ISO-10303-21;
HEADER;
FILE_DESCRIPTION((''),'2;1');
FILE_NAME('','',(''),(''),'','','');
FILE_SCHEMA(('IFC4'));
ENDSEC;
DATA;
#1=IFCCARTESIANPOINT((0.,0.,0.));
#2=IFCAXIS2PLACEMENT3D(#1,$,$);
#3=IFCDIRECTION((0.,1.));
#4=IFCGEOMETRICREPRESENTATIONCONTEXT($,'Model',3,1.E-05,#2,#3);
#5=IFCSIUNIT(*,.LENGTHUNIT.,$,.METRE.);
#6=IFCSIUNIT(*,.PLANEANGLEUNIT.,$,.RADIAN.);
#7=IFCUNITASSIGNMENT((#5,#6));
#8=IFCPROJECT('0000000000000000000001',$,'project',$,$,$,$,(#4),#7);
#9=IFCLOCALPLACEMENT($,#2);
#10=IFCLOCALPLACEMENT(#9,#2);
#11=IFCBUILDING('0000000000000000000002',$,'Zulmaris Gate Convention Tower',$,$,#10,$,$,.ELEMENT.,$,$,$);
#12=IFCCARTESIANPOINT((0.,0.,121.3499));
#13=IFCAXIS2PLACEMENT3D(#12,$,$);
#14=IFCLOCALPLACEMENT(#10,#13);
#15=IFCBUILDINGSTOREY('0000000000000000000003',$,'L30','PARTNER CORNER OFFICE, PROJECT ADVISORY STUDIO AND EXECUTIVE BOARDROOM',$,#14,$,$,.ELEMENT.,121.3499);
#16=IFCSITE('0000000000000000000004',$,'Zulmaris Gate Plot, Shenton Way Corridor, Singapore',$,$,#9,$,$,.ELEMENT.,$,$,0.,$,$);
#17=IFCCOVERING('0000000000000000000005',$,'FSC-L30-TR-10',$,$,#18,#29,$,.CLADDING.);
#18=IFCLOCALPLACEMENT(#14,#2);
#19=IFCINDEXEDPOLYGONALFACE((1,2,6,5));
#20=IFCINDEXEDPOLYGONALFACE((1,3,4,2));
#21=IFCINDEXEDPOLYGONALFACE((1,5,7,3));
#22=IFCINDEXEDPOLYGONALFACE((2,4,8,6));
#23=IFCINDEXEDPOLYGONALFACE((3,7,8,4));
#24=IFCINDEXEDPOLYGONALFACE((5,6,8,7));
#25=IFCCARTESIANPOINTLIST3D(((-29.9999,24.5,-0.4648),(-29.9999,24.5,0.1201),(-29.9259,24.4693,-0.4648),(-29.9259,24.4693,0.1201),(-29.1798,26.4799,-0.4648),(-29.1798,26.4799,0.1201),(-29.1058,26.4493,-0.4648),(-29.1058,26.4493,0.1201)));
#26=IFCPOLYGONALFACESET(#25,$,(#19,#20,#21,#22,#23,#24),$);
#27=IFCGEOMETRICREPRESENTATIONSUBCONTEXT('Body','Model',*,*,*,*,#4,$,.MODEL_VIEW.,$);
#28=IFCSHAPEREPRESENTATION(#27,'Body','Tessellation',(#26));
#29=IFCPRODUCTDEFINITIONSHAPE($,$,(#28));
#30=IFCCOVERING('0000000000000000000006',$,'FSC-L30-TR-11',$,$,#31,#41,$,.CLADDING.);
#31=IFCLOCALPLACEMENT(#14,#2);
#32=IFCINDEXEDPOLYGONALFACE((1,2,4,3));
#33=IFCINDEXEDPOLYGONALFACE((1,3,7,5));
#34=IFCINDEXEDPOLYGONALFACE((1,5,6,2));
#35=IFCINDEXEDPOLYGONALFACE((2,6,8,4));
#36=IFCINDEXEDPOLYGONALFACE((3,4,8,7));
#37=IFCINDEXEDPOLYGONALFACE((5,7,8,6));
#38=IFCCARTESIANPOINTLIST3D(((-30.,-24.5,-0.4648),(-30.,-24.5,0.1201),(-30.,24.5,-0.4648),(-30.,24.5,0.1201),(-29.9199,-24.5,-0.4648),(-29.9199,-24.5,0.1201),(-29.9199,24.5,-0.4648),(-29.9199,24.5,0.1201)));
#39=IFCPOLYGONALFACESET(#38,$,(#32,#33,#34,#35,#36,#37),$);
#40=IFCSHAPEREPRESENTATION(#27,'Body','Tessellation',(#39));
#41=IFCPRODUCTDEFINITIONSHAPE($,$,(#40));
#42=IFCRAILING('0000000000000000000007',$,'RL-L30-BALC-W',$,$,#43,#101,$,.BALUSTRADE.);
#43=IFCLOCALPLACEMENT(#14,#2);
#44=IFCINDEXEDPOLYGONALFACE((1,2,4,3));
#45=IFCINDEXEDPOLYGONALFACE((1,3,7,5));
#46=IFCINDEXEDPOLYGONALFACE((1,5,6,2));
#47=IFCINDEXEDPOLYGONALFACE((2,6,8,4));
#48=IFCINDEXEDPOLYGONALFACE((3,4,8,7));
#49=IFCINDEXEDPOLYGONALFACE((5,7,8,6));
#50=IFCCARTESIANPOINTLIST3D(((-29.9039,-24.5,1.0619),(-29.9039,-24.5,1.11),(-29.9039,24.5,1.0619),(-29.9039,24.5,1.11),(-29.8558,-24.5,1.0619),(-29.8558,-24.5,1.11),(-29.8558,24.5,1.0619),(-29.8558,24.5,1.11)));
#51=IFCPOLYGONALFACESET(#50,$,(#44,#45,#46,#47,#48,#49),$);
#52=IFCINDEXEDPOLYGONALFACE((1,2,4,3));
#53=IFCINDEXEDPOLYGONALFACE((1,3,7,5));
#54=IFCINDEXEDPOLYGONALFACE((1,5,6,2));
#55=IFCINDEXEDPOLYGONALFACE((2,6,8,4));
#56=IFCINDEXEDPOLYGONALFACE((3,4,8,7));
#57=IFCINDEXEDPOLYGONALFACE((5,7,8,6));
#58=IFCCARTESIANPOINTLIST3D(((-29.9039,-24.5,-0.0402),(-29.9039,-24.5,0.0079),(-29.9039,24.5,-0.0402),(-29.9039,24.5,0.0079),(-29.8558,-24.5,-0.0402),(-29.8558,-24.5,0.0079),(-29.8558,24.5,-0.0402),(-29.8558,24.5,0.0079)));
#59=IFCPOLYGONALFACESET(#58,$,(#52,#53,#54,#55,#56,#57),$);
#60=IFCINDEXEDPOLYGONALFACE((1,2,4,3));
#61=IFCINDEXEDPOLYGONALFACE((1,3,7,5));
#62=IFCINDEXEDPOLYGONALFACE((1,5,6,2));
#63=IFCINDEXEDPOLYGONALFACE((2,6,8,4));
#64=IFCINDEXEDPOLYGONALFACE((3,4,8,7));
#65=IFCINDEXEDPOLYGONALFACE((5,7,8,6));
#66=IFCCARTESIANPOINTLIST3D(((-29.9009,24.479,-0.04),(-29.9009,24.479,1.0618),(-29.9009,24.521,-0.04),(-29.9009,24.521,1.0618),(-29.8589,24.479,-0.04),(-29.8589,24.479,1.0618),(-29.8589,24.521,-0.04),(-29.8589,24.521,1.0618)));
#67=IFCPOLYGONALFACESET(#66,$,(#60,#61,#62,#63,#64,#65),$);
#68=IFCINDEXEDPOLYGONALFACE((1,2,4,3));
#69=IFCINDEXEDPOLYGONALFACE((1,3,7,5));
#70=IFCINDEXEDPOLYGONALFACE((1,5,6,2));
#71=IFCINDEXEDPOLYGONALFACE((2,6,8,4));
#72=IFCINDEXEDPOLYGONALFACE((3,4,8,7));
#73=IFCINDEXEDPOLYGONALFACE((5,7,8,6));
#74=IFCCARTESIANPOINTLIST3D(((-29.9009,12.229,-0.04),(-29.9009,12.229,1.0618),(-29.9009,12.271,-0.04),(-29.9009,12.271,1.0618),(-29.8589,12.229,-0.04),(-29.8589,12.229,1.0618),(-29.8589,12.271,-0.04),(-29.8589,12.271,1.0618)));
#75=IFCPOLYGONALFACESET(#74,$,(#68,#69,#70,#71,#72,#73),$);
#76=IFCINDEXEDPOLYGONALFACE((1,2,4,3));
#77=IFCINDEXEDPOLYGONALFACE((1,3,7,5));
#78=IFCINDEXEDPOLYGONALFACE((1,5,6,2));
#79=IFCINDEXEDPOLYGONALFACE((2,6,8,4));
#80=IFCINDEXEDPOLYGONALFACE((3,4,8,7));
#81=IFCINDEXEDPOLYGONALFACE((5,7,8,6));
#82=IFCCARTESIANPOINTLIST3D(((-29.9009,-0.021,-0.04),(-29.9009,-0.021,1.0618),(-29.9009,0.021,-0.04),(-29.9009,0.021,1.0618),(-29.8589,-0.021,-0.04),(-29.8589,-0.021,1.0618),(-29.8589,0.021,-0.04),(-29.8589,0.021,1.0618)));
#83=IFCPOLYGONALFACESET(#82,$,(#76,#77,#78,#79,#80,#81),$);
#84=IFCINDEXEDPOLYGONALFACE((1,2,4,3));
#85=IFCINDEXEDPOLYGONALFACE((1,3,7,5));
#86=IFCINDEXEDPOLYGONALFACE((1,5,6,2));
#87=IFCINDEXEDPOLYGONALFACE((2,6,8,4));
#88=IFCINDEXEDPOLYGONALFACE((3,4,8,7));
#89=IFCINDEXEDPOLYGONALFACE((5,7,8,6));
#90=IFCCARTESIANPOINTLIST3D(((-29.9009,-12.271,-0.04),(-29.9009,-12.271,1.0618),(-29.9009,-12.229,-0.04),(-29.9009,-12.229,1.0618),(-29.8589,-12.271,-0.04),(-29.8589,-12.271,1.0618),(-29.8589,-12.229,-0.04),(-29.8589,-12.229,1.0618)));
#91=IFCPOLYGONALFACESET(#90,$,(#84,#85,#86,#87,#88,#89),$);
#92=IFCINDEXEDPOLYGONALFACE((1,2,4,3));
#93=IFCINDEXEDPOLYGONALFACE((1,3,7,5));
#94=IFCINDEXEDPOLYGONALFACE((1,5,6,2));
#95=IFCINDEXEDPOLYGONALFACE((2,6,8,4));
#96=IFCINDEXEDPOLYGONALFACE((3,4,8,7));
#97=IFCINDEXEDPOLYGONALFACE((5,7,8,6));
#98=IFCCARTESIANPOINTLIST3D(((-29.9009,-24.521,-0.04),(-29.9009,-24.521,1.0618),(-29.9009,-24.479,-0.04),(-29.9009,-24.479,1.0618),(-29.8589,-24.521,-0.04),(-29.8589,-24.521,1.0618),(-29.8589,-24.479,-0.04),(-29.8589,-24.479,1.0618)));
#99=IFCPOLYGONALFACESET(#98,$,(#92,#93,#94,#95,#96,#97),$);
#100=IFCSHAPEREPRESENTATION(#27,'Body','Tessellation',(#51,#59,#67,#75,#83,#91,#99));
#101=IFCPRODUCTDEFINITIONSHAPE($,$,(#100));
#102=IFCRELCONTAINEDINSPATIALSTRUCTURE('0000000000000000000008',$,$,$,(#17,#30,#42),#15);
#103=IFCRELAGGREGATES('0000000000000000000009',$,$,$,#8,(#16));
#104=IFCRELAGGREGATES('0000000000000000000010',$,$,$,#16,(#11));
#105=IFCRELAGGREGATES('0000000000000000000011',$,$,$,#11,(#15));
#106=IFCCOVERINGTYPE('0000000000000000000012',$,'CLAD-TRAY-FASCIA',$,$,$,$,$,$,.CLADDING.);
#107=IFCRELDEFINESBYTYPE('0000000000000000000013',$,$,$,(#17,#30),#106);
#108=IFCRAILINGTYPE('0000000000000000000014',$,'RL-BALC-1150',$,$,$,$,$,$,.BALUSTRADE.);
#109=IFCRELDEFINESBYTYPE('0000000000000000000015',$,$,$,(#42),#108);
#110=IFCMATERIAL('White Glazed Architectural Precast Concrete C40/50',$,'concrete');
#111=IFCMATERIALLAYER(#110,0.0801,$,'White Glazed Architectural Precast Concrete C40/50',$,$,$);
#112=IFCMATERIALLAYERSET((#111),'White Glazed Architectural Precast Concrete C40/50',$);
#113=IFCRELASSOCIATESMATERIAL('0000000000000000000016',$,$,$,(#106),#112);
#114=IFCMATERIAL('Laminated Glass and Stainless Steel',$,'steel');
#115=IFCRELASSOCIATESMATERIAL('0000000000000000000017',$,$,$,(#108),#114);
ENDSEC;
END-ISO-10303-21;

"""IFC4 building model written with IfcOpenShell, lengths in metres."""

from ifc_helpers import new_model, si_unit, direction, frame, frame_2d, origin, origin_2d, place, context, subcontext, project, spatial, rectangle, extrude, material, layer, layer_set, type_object, element, save


model = new_model("IFC4")

# Units and contexts
model_context = context("Model", 3, precision=1e-05, world=origin(), true_north=direction((0.0, 1.0)))
body_context = subcontext(model_context, "Body", "Model", "MODEL_VIEW")
ifc_project = project(units=[si_unit("LENGTHUNIT", "METRE"), si_unit("PLANEANGLEUNIT", "RADIAN")], contexts=[model_context])

# Site, building, storey
site_placement = place(None, origin())
site = spatial("IfcSite", under=ifc_project, at=site_placement, Name="Zulmaris Gate Plot, Shenton Way Corridor, Singapore", CompositionType="ELEMENT", RefElevation=0.0)
building_placement = place(site_placement, origin())
building = spatial("IfcBuilding", under=site, at=building_placement, Name="Zulmaris Gate Convention Tower", CompositionType="ELEMENT")
storey_placement = place(building_placement, frame((0.0, 0.0, 121.3499)))
storey = spatial("IfcBuildingStorey", under=building, at=storey_placement, Name="L30", Description="PARTNER CORNER OFFICE, PROJECT ADVISORY STUDIO AND EXECUTIVE BOARDROOM", CompositionType="ELEMENT", Elevation=121.3499)

# Coverings
ifc_material_1 = material(Name="White Glazed Architectural Precast Concrete C40/50", Category="concrete")
ifc_layer_1 = layer(ifc_material_1, 0.0801, Name="White Glazed Architectural Precast Concrete C40/50")
ifc_layer_set_1 = layer_set([ifc_layer_1], Name="White Glazed Architectural Precast Concrete C40/50")
covering_type = type_object("IfcCoveringType", Name="CLAD-TRAY-FASCIA", PredefinedType="CLADDING", material=ifc_layer_set_1)
covering_1_placement = place(storey_placement, frame((-29.1428, 26.4646, -0.4648), z_axis=(0.0, 0.0, 1.0), x_axis=(-0.382657, -0.92389, 0.0)))
element("IfcCovering", 1, at=covering_1_placement, inside=storey, type_object=covering_type, Name="FSC-L30-TR-10", PredefinedType="CLADDING", context=body_context, shape_type="SweptSolid", body=[
    extrude(rectangle(XDim=2.1431, YDim=0.0801, at=frame_2d((1.0715, 0.0))), origin(), (0.0, 0.0, 1.0), 0.585),
])
covering_2_placement = place(storey_placement, frame((-29.96, 24.5, -0.4648), z_axis=(0.0, 0.0, 1.0), x_axis=(0.0, -1.0, 0.0)))
element("IfcCovering", 2, at=covering_2_placement, inside=storey, type_object=covering_type, Name="FSC-L30-TR-11", PredefinedType="CLADDING", context=body_context, shape_type="SweptSolid", body=[
    extrude(rectangle(XDim=49.0, YDim=0.0801, at=frame_2d((24.5, 0.0))), origin(), (0.0, 0.0, 1.0), 0.585),
])

# Railing
ifc_material_2 = material(Name="Laminated Glass and Stainless Steel", Category="steel")
railing_type = type_object("IfcRailingType", Name="RL-BALC-1150", PredefinedType="BALUSTRADE", material=ifc_material_2)
railing_placement = place(storey_placement, frame((-29.8799, 24.5, -0.04)))
element("IfcRailing", 3, at=railing_placement, inside=storey, type_object=railing_type, Name="RL-L30-BALC-W", PredefinedType="BALUSTRADE", context=body_context, shape_type="SweptSolid", body=[
    extrude(rectangle(XDim=0.0481, YDim=0.0481, at=origin_2d()), frame((0.0, 0.0, 1.126), z_axis=(0.0, -1.0, 0.0), x_axis=(1.0, 0.0, 0.0)), (0.0, 0.0, 1.0), 49.0),
    extrude(rectangle(XDim=0.0481, YDim=0.0481, at=origin_2d()), frame((0.0, 0.0, 0.0239), z_axis=(0.0, -1.0, 0.0), x_axis=(1.0, 0.0, 0.0)), (0.0, 0.0, 1.0), 49.0),
    extrude(rectangle(XDim=0.042, YDim=0.042, at=origin_2d()), origin(), (0.0, 0.0, 1.0), 1.1018),
    extrude(rectangle(XDim=0.042, YDim=0.042, at=origin_2d()), frame((0.0, -12.25, 0.0)), (0.0, 0.0, 1.0), 1.1018),
    extrude(rectangle(XDim=0.042, YDim=0.042, at=origin_2d()), frame((0.0, -24.5, 0.0)), (0.0, 0.0, 1.0), 1.1018),
    extrude(rectangle(XDim=0.042, YDim=0.042, at=origin_2d()), frame((0.0, -36.75, 0.0)), (0.0, 0.0, 1.0), 1.1018),
    extrude(rectangle(XDim=0.042, YDim=0.042, at=origin_2d()), frame((0.0, -49.0, 0.0)), (0.0, 0.0, 1.0), 1.1018),
])

save(model, "model.ifc")
